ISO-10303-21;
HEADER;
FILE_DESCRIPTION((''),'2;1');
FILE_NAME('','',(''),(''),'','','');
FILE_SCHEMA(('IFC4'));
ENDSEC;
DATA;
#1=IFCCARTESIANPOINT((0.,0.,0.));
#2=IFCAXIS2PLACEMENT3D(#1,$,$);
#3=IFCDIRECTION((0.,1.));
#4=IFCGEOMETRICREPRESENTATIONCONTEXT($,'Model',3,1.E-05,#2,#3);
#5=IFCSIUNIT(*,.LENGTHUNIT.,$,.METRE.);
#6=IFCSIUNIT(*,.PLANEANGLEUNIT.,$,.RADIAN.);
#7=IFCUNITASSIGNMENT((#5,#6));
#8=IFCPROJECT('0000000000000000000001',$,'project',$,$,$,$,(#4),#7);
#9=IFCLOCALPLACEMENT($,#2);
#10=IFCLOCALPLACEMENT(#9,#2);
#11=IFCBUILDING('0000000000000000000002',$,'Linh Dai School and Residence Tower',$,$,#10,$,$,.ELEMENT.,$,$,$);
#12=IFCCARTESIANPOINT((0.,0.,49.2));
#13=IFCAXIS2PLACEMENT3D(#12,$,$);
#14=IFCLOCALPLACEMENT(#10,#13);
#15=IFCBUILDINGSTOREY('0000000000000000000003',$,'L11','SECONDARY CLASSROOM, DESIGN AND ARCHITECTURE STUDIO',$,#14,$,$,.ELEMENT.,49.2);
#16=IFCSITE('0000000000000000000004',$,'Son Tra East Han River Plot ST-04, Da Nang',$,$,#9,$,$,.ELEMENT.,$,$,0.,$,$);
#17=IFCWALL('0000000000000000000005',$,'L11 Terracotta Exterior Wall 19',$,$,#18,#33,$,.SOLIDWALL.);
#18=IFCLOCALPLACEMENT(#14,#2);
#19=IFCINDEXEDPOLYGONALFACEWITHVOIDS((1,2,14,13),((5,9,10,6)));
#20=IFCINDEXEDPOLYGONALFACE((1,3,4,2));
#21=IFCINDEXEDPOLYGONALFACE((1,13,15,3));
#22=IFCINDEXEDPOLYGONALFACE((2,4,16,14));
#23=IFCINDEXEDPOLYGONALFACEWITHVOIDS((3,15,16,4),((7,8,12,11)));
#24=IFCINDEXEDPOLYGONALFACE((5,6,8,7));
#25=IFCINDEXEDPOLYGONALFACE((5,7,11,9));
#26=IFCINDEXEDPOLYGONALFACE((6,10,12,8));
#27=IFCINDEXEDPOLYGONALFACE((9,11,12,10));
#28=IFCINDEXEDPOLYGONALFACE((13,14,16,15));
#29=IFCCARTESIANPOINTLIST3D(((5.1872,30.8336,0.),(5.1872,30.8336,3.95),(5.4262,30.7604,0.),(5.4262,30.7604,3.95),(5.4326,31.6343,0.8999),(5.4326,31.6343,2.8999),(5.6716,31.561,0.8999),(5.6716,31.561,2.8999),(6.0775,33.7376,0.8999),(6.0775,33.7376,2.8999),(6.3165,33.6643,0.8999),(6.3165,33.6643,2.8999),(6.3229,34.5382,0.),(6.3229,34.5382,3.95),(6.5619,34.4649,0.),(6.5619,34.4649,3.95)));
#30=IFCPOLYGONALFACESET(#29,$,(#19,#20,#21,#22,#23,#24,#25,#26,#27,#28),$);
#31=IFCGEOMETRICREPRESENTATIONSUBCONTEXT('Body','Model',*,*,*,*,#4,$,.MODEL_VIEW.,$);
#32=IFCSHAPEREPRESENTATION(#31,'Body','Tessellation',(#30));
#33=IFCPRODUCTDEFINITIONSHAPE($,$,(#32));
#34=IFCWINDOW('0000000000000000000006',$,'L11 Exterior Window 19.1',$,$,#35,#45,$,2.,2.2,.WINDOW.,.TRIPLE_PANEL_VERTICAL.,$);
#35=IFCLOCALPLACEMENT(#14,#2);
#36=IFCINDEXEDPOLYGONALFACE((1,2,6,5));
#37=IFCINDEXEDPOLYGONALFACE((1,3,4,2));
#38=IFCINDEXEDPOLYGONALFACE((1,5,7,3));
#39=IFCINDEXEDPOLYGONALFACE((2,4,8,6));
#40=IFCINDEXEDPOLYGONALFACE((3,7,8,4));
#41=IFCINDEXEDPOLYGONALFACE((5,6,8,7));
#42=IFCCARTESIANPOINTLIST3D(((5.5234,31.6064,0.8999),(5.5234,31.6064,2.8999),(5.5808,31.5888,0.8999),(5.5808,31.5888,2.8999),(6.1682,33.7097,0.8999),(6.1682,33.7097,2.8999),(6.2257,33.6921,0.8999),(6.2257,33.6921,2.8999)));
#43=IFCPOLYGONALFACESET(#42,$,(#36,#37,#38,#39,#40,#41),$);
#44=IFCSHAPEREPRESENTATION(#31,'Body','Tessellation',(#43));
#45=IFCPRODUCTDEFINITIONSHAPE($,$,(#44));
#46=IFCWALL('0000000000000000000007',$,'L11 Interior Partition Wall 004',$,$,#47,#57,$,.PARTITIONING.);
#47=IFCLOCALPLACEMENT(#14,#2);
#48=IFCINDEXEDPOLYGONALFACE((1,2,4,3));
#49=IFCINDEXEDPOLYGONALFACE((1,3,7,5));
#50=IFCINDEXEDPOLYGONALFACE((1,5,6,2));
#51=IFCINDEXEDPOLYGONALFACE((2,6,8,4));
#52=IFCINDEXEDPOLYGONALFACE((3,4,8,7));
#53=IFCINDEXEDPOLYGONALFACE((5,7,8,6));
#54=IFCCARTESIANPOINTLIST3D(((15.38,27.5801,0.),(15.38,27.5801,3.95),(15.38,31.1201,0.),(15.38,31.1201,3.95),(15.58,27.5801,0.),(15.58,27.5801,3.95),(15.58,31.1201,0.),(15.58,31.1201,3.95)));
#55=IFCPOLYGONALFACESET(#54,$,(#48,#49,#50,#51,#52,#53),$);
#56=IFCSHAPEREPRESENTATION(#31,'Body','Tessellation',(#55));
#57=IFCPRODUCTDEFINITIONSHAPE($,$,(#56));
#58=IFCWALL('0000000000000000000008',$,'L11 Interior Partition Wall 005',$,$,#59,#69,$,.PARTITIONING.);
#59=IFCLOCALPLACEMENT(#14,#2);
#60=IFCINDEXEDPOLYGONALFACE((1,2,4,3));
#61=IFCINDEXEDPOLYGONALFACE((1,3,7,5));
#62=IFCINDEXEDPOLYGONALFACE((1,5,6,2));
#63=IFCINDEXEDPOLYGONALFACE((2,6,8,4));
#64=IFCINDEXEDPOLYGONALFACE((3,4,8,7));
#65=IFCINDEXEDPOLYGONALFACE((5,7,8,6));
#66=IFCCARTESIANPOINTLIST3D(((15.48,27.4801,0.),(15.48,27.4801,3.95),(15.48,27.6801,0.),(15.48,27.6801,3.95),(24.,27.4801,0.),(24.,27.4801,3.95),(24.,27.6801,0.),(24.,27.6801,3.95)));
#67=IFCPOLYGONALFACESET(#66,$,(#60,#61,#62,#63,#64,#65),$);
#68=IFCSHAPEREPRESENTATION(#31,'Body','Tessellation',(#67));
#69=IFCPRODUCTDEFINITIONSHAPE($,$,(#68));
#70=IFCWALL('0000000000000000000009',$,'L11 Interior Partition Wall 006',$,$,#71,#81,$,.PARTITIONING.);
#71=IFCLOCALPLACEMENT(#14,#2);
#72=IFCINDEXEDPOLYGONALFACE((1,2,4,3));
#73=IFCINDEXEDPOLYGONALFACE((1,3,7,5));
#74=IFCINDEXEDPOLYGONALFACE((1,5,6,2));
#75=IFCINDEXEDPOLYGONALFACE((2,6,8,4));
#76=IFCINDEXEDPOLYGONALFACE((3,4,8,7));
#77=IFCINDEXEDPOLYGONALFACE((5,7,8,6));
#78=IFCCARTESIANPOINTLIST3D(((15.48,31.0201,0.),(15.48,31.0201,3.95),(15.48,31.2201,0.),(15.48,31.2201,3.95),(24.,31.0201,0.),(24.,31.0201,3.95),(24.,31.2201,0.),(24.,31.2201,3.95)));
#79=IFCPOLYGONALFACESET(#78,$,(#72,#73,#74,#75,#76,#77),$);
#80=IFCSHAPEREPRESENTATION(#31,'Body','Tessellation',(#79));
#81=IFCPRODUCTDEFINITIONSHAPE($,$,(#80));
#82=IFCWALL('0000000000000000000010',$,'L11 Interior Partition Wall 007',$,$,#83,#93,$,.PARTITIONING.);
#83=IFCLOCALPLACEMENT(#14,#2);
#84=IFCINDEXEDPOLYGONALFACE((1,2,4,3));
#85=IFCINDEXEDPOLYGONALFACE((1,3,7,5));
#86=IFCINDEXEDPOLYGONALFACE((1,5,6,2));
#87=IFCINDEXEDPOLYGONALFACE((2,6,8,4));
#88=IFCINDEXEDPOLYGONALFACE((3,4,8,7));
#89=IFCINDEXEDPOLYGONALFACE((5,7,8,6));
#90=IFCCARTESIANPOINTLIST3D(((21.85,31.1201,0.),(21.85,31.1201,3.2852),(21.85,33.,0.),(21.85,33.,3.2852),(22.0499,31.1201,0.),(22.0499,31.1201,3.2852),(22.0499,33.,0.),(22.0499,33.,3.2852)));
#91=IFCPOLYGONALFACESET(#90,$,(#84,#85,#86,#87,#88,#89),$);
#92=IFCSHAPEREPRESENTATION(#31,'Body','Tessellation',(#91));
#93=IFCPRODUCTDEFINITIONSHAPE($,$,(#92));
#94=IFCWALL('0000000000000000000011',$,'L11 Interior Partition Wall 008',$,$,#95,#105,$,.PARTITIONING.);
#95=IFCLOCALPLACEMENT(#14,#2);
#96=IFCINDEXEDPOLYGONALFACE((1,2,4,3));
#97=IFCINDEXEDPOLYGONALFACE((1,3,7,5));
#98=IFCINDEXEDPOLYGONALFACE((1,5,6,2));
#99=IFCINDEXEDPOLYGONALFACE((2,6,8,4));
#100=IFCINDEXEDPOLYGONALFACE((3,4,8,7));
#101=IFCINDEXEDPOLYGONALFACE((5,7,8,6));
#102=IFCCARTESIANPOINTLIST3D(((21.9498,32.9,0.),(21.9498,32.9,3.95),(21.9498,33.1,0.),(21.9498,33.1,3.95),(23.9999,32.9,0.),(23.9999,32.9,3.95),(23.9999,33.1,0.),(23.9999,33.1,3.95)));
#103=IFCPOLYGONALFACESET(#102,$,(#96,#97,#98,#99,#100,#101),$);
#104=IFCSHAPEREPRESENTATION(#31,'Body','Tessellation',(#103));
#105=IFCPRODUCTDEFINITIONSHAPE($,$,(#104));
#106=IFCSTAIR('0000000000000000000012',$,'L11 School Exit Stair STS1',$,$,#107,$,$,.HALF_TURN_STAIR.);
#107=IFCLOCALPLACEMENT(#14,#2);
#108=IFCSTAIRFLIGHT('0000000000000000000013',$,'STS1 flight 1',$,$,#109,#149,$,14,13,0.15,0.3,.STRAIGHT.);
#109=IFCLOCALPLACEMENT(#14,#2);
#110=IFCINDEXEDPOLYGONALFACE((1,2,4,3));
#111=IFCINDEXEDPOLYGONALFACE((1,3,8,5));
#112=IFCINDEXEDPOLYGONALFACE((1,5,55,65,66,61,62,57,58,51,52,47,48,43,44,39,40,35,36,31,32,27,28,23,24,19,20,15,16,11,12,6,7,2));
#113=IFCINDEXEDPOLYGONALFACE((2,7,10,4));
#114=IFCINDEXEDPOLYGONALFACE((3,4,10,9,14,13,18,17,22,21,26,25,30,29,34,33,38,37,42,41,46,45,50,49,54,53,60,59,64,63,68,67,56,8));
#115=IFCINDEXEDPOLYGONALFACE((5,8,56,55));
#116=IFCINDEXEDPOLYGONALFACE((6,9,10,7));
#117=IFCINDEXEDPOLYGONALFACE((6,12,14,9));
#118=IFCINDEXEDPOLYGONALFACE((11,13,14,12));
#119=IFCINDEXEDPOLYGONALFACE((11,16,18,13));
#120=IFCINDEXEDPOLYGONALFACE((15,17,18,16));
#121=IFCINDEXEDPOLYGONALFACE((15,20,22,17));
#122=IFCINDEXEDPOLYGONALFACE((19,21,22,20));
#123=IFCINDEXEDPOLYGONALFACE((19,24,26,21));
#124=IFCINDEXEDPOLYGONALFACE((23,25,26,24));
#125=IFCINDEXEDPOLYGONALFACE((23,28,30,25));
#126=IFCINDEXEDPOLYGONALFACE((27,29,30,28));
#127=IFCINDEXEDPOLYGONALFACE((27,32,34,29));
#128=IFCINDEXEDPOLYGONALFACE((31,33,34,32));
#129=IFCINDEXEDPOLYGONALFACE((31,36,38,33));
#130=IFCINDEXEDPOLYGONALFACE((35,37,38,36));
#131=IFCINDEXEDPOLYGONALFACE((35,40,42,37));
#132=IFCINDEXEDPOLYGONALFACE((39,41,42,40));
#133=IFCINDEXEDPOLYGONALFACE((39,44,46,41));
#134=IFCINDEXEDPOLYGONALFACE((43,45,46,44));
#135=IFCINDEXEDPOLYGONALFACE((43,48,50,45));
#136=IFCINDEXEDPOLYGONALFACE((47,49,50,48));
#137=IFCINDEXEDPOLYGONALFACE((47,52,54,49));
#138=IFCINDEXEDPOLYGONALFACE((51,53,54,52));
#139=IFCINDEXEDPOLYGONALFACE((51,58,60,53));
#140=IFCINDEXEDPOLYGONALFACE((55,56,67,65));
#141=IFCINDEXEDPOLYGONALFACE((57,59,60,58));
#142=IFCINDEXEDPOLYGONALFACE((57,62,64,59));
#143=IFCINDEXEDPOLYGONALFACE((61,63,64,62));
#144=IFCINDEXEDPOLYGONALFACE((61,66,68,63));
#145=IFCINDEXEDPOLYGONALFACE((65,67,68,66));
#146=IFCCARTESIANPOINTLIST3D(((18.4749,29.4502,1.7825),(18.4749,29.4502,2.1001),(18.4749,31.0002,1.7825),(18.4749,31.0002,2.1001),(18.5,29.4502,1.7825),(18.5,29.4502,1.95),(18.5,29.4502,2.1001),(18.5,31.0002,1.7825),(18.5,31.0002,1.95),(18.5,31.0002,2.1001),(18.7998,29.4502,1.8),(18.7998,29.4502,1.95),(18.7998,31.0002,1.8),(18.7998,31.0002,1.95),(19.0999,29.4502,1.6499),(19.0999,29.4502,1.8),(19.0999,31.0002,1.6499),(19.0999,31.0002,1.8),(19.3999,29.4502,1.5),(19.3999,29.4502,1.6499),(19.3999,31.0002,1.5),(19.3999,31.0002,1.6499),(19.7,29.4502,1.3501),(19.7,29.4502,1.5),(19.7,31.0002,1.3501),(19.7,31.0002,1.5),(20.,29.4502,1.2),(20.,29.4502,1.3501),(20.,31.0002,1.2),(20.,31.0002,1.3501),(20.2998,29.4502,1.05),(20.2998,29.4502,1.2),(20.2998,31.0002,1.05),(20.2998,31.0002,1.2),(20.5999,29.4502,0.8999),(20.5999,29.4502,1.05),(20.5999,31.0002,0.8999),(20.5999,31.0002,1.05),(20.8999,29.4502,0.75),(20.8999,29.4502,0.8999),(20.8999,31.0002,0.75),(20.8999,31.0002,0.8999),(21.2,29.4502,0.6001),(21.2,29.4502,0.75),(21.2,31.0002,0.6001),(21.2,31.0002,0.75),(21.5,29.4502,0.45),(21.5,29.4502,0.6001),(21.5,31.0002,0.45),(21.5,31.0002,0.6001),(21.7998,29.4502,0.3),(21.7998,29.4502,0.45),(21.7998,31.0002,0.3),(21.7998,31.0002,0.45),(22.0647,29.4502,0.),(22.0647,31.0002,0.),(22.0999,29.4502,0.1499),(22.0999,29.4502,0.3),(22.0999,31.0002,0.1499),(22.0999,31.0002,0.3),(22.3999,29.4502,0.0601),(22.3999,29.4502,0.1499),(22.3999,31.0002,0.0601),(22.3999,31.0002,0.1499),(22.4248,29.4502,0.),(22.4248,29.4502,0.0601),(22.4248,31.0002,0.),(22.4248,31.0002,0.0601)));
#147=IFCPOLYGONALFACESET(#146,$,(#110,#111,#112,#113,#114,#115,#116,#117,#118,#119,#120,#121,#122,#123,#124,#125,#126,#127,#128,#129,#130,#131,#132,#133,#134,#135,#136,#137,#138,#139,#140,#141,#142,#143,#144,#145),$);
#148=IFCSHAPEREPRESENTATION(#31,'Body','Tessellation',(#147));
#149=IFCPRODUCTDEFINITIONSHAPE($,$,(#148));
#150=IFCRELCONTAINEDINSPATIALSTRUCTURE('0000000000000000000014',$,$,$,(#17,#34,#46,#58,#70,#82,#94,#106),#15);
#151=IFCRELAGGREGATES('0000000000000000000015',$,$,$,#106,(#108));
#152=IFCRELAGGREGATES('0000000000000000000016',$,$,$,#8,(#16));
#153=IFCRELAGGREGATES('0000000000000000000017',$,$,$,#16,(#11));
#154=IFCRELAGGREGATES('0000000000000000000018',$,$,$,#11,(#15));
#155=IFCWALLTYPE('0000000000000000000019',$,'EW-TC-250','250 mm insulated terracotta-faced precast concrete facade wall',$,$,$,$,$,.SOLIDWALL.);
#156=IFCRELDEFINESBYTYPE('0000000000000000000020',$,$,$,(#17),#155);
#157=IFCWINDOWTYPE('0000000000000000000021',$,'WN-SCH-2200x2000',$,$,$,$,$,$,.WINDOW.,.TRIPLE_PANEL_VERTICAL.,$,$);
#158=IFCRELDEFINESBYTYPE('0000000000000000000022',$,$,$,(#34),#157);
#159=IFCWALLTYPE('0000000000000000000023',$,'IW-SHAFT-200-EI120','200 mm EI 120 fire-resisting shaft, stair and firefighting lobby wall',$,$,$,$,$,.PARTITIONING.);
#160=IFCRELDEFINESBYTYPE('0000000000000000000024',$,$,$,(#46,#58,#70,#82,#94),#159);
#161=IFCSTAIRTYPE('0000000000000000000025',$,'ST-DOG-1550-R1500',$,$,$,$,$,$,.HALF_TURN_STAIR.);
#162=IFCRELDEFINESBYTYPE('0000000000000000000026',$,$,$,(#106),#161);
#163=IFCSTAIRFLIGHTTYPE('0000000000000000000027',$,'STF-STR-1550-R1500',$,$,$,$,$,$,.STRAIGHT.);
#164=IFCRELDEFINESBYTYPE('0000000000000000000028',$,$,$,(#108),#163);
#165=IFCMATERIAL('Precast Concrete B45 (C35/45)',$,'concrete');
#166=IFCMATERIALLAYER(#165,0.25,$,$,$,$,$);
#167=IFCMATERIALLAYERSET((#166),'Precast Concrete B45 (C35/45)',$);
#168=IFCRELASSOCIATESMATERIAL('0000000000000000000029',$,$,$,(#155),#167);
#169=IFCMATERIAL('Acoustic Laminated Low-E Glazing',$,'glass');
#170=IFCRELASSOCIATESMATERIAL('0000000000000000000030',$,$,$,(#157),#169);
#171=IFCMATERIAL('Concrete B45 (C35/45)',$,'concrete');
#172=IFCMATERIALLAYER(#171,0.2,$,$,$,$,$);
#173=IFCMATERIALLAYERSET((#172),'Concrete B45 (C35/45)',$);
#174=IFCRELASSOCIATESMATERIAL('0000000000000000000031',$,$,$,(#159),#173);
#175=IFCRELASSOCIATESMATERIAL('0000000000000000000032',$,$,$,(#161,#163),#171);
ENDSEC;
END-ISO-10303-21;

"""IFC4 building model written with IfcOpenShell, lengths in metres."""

from ifc_helpers import new_model, si_unit, direction, frame, frame_2d, origin, origin_2d, place, context, subcontext, project, spatial, polyline, rectangle, outline, extrude, source, transform, mapped, material, layer, layer_set, type_object, element, fill, aggregate, save


model = new_model("IFC4")

# Units and contexts
model_context = context("Model", 3, precision=1e-05, world=origin(), true_north=direction((0.0, 1.0)))
body_context = subcontext(model_context, "Body", "Model", "MODEL_VIEW")
ifc_project = project(units=[si_unit("LENGTHUNIT", "METRE"), si_unit("PLANEANGLEUNIT", "RADIAN")], contexts=[model_context])

# Site, building, storey
site_placement = place(None, origin())
site = spatial("IfcSite", under=ifc_project, at=site_placement, Name="Son Tra East Han River Plot ST-04, Da Nang", CompositionType="ELEMENT", RefElevation=0.0)
building_placement = place(site_placement, origin())
building = spatial("IfcBuilding", under=site, at=building_placement, Name="Linh Dai School and Residence Tower", CompositionType="ELEMENT")
storey_placement = place(building_placement, frame((0.0, 0.0, 49.2)))
storey = spatial("IfcBuildingStorey", under=building, at=storey_placement, Name="L11", Description="SECONDARY CLASSROOM, DESIGN AND ARCHITECTURE STUDIO", CompositionType="ELEMENT", Elevation=49.2)

# Shared definitions
ifc_material_1 = material(Name="Precast Concrete B45 (C35/45)", Category="concrete")
ifc_layer_1 = layer(ifc_material_1, 0.25)
ifc_layer_set_1 = layer_set([ifc_layer_1], Name="Precast Concrete B45 (C35/45)")
wall_type_1 = type_object("IfcWallType", Name="EW-TC-250", Description="250 mm insulated terracotta-faced precast concrete facade wall", PredefinedType="SOLIDWALL", material=ifc_layer_set_1)

# Wall, opening, window
wall_1_placement = place(storey_placement, frame((5.3066, 30.7969, 0.0), z_axis=(0.0, 0.0, 1.0), x_axis=(0.293112, 0.956078, 0.0)))
wall_1 = element("IfcWall", 1, at=wall_1_placement, inside=storey, type_object=wall_type_1, Name="L11 Terracotta Exterior Wall 19", PredefinedType="SOLIDWALL", context=body_context, shape_type="SweptSolid", body=[
    extrude(rectangle(XDim=3.8748, YDim=0.25, at=frame_2d((1.9375, 0.0))), origin(), (0.0, 0.0, 1.0), 3.95),
])
opening_placement = place(wall_1_placement, frame((0.8374, 0.0, 0.8999)))
opening = element("IfcOpeningElement", 2, at=opening_placement, cuts=wall_1, PredefinedType="OPENING", context=body_context, shape_type="SweptSolid", body=[
    extrude(rectangle(XDim=2.2, YDim=2.0, at=origin_2d()), frame((1.1001, 0.135, 1.0), z_axis=(0.0, -1.0, 0.0), x_axis=(1.0, 0.0, 0.0)), (0.0, 0.0, 1.0), 0.27),
])
ifc_material_2 = material(Name="Acoustic Laminated Low-E Glazing", Category="glass")
window_type = type_object("IfcWindowType", Name="WN-SCH-2200x2000", PartitioningType="TRIPLE_PANEL_VERTICAL", PredefinedType="WINDOW", material=ifc_material_2)
shared_shape_1 = source(origin(), body_context, "Body", "SweptSolid", [
    extrude(rectangle(XDim=2.2, YDim=2.0, at=origin_2d()), frame((1.1001, 0.03, 1.0), z_axis=(0.0, -1.0, 0.0), x_axis=(1.0, 0.0, 0.0)), (0.0, 0.0, 1.0), 0.0601),
])
window_placement = place(opening_placement, origin())
window = element("IfcWindow", 3, at=window_placement, inside=storey, type_object=window_type, Name="L11 Exterior Window 19.1", OverallHeight=2.0, OverallWidth=2.2, PartitioningType="TRIPLE_PANEL_VERTICAL", PredefinedType="WINDOW", context=body_context, shape_type="MappedRepresentation", body=[
    mapped(shared_shape_1, transform((0.0, 0.0, 0.0), x_axis=(1.0, 0.0, 0.0), y_axis=(0.0, 1.0, 0.0), z_axis=(0.0, 0.0, 1.0), scale=1.0)),
])
fill(opening, window)

# Walls
ifc_material_3 = material(Name="Concrete B45 (C35/45)", Category="concrete")
ifc_layer_2 = layer(ifc_material_3, 0.2)
ifc_layer_set_2 = layer_set([ifc_layer_2], Name="Concrete B45 (C35/45)")
wall_type_2 = type_object("IfcWallType", Name="IW-SHAFT-200-EI120", Description="200 mm EI 120 fire-resisting shaft, stair and firefighting lobby wall", PredefinedType="PARTITIONING", material=ifc_layer_set_2)
wall_2_placement = place(storey_placement, frame((15.48, 27.5801, 0.0), z_axis=(0.0, 0.0, 1.0), x_axis=(0.0, 1.0, 0.0)))
element("IfcWall", 4, at=wall_2_placement, inside=storey, type_object=wall_type_2, Name="L11 Interior Partition Wall 004", PredefinedType="PARTITIONING", context=body_context, shape_type="SweptSolid", body=[
    extrude(rectangle(XDim=3.54, YDim=0.2, at=frame_2d((1.77, 0.0))), origin(), (0.0, 0.0, 1.0), 3.95),
])
for number, where, z_axis, x_axis, name in (
    (5, (15.48, 27.5801, 0.0), (0.0, 0.0, 1.0), (1.0, 0.0, 0.0), "L11 Interior Partition Wall 005"),
    (6, (15.48, 31.1201, 0.0), (0.0, 0.0, 1.0), (1.0, 0.0, 0.0), "L11 Interior Partition Wall 006"),
):
    element("IfcWall", number, at=place(storey_placement, frame(where, z_axis=z_axis, x_axis=x_axis)), inside=storey, type_object=wall_type_2, Name=name, PredefinedType="PARTITIONING", context=body_context, shape_type="SweptSolid", body=[
        extrude(rectangle(XDim=8.52, YDim=0.2, at=frame_2d((4.26, 0.0))), origin(), (0.0, 0.0, 1.0), 3.95),
    ])
wall_3_placement = place(storey_placement, frame((21.95, 31.1201, 0.0), z_axis=(0.0, 0.0, 1.0), x_axis=(0.0, 1.0, 0.0)))
element("IfcWall", 7, at=wall_3_placement, inside=storey, type_object=wall_type_2, Name="L11 Interior Partition Wall 007", PredefinedType="PARTITIONING", context=body_context, shape_type="SweptSolid", body=[
    extrude(rectangle(XDim=1.8799, YDim=0.2, at=frame_2d((0.9399, 0.0))), origin(), (0.0, 0.0, 1.0), 3.2852),
])
wall_4_placement = place(storey_placement, frame((21.95, 33.0, 0.0), z_axis=(0.0, 0.0, 1.0), x_axis=(1.0, 0.0, 0.0)))
element("IfcWall", 8, at=wall_4_placement, inside=storey, type_object=wall_type_2, Name="L11 Interior Partition Wall 008", PredefinedType="PARTITIONING", context=body_context, shape_type="SweptSolid", body=[
    extrude(rectangle(XDim=2.05, YDim=0.2, at=frame_2d((1.0249, 0.0))), origin(), (0.0, 0.0, 1.0), 3.95),
])

# Stair, stair flight
stair_type = type_object("IfcStairType", Name="ST-DOG-1550-R1500", PredefinedType="HALF_TURN_STAIR", material=ifc_material_3)
stair_placement = place(storey_placement, origin())
stair = element("IfcStair", 9, at=stair_placement, inside=storey, type_object=stair_type, Name="L11 School Exit Stair STS1", PredefinedType="HALF_TURN_STAIR")
stair_flight_type = type_object("IfcStairFlightType", Name="STF-STR-1550-R1500", PredefinedType="STRAIGHT", material=ifc_material_3)
shared_shape_2 = source(origin(), body_context, "Body", "SweptSolid", [
    extrude(outline(polyline([(-0.0249, 0.0), (-0.0249, 0.0601), (0.0, 0.0601), (0.0, 0.1499), (0.3, 0.1499), (0.3, 0.3), (0.6001, 0.3), (0.6001, 0.45), (0.8999, 0.45), (0.8999, 0.6001), (1.2, 0.6001), (1.2, 0.75), (1.5, 0.75), (1.5, 0.8999), (1.8, 0.8999), (1.8, 1.05), (2.1001, 1.05), (2.1001, 1.2), (2.3999, 1.2), (2.3999, 1.3501), (2.7, 1.3501), (2.7, 1.5), (3.0, 1.5), (3.0, 1.6499), (3.3, 1.6499), (3.3, 1.8), (3.6001, 1.8), (3.6001, 1.95), (3.8999, 1.95), (3.8999, 2.1001), (3.925, 2.1001), (3.925, 1.7825), (3.8999, 1.7825), (0.3352, 0.0), (-0.0249, 0.0)])), frame((0.0, 0.7749, 0.0), z_axis=(0.0, -1.0, 0.0), x_axis=(1.0, 0.0, 0.0)), (0.0, 0.0, 1.0), 1.55),
])
stair_flight_1_placement = place(storey_placement, frame((22.3999, 30.2251, 0.0), z_axis=(0.0, 0.0, 1.0), x_axis=(-1.0, 0.0, 0.0)))
stair_flight_1 = element("IfcStairFlight", 10, at=stair_flight_1_placement, type_object=stair_flight_type, Name="STS1 flight 1", NumberOfRisers=14, NumberOfTreads=13, PredefinedType="STRAIGHT", RiserHeight=0.15, TreadLength=0.3, context=body_context, shape_type="MappedRepresentation", body=[
    mapped(shared_shape_2, transform((0.0, 0.0, 0.0), x_axis=(1.0, 0.0, 0.0), y_axis=(0.0, 1.0, 0.0), z_axis=(0.0, 0.0, 1.0), scale=1.0)),
])
aggregate(stair, [stair_flight_1])

save(model, "model.ifc")
